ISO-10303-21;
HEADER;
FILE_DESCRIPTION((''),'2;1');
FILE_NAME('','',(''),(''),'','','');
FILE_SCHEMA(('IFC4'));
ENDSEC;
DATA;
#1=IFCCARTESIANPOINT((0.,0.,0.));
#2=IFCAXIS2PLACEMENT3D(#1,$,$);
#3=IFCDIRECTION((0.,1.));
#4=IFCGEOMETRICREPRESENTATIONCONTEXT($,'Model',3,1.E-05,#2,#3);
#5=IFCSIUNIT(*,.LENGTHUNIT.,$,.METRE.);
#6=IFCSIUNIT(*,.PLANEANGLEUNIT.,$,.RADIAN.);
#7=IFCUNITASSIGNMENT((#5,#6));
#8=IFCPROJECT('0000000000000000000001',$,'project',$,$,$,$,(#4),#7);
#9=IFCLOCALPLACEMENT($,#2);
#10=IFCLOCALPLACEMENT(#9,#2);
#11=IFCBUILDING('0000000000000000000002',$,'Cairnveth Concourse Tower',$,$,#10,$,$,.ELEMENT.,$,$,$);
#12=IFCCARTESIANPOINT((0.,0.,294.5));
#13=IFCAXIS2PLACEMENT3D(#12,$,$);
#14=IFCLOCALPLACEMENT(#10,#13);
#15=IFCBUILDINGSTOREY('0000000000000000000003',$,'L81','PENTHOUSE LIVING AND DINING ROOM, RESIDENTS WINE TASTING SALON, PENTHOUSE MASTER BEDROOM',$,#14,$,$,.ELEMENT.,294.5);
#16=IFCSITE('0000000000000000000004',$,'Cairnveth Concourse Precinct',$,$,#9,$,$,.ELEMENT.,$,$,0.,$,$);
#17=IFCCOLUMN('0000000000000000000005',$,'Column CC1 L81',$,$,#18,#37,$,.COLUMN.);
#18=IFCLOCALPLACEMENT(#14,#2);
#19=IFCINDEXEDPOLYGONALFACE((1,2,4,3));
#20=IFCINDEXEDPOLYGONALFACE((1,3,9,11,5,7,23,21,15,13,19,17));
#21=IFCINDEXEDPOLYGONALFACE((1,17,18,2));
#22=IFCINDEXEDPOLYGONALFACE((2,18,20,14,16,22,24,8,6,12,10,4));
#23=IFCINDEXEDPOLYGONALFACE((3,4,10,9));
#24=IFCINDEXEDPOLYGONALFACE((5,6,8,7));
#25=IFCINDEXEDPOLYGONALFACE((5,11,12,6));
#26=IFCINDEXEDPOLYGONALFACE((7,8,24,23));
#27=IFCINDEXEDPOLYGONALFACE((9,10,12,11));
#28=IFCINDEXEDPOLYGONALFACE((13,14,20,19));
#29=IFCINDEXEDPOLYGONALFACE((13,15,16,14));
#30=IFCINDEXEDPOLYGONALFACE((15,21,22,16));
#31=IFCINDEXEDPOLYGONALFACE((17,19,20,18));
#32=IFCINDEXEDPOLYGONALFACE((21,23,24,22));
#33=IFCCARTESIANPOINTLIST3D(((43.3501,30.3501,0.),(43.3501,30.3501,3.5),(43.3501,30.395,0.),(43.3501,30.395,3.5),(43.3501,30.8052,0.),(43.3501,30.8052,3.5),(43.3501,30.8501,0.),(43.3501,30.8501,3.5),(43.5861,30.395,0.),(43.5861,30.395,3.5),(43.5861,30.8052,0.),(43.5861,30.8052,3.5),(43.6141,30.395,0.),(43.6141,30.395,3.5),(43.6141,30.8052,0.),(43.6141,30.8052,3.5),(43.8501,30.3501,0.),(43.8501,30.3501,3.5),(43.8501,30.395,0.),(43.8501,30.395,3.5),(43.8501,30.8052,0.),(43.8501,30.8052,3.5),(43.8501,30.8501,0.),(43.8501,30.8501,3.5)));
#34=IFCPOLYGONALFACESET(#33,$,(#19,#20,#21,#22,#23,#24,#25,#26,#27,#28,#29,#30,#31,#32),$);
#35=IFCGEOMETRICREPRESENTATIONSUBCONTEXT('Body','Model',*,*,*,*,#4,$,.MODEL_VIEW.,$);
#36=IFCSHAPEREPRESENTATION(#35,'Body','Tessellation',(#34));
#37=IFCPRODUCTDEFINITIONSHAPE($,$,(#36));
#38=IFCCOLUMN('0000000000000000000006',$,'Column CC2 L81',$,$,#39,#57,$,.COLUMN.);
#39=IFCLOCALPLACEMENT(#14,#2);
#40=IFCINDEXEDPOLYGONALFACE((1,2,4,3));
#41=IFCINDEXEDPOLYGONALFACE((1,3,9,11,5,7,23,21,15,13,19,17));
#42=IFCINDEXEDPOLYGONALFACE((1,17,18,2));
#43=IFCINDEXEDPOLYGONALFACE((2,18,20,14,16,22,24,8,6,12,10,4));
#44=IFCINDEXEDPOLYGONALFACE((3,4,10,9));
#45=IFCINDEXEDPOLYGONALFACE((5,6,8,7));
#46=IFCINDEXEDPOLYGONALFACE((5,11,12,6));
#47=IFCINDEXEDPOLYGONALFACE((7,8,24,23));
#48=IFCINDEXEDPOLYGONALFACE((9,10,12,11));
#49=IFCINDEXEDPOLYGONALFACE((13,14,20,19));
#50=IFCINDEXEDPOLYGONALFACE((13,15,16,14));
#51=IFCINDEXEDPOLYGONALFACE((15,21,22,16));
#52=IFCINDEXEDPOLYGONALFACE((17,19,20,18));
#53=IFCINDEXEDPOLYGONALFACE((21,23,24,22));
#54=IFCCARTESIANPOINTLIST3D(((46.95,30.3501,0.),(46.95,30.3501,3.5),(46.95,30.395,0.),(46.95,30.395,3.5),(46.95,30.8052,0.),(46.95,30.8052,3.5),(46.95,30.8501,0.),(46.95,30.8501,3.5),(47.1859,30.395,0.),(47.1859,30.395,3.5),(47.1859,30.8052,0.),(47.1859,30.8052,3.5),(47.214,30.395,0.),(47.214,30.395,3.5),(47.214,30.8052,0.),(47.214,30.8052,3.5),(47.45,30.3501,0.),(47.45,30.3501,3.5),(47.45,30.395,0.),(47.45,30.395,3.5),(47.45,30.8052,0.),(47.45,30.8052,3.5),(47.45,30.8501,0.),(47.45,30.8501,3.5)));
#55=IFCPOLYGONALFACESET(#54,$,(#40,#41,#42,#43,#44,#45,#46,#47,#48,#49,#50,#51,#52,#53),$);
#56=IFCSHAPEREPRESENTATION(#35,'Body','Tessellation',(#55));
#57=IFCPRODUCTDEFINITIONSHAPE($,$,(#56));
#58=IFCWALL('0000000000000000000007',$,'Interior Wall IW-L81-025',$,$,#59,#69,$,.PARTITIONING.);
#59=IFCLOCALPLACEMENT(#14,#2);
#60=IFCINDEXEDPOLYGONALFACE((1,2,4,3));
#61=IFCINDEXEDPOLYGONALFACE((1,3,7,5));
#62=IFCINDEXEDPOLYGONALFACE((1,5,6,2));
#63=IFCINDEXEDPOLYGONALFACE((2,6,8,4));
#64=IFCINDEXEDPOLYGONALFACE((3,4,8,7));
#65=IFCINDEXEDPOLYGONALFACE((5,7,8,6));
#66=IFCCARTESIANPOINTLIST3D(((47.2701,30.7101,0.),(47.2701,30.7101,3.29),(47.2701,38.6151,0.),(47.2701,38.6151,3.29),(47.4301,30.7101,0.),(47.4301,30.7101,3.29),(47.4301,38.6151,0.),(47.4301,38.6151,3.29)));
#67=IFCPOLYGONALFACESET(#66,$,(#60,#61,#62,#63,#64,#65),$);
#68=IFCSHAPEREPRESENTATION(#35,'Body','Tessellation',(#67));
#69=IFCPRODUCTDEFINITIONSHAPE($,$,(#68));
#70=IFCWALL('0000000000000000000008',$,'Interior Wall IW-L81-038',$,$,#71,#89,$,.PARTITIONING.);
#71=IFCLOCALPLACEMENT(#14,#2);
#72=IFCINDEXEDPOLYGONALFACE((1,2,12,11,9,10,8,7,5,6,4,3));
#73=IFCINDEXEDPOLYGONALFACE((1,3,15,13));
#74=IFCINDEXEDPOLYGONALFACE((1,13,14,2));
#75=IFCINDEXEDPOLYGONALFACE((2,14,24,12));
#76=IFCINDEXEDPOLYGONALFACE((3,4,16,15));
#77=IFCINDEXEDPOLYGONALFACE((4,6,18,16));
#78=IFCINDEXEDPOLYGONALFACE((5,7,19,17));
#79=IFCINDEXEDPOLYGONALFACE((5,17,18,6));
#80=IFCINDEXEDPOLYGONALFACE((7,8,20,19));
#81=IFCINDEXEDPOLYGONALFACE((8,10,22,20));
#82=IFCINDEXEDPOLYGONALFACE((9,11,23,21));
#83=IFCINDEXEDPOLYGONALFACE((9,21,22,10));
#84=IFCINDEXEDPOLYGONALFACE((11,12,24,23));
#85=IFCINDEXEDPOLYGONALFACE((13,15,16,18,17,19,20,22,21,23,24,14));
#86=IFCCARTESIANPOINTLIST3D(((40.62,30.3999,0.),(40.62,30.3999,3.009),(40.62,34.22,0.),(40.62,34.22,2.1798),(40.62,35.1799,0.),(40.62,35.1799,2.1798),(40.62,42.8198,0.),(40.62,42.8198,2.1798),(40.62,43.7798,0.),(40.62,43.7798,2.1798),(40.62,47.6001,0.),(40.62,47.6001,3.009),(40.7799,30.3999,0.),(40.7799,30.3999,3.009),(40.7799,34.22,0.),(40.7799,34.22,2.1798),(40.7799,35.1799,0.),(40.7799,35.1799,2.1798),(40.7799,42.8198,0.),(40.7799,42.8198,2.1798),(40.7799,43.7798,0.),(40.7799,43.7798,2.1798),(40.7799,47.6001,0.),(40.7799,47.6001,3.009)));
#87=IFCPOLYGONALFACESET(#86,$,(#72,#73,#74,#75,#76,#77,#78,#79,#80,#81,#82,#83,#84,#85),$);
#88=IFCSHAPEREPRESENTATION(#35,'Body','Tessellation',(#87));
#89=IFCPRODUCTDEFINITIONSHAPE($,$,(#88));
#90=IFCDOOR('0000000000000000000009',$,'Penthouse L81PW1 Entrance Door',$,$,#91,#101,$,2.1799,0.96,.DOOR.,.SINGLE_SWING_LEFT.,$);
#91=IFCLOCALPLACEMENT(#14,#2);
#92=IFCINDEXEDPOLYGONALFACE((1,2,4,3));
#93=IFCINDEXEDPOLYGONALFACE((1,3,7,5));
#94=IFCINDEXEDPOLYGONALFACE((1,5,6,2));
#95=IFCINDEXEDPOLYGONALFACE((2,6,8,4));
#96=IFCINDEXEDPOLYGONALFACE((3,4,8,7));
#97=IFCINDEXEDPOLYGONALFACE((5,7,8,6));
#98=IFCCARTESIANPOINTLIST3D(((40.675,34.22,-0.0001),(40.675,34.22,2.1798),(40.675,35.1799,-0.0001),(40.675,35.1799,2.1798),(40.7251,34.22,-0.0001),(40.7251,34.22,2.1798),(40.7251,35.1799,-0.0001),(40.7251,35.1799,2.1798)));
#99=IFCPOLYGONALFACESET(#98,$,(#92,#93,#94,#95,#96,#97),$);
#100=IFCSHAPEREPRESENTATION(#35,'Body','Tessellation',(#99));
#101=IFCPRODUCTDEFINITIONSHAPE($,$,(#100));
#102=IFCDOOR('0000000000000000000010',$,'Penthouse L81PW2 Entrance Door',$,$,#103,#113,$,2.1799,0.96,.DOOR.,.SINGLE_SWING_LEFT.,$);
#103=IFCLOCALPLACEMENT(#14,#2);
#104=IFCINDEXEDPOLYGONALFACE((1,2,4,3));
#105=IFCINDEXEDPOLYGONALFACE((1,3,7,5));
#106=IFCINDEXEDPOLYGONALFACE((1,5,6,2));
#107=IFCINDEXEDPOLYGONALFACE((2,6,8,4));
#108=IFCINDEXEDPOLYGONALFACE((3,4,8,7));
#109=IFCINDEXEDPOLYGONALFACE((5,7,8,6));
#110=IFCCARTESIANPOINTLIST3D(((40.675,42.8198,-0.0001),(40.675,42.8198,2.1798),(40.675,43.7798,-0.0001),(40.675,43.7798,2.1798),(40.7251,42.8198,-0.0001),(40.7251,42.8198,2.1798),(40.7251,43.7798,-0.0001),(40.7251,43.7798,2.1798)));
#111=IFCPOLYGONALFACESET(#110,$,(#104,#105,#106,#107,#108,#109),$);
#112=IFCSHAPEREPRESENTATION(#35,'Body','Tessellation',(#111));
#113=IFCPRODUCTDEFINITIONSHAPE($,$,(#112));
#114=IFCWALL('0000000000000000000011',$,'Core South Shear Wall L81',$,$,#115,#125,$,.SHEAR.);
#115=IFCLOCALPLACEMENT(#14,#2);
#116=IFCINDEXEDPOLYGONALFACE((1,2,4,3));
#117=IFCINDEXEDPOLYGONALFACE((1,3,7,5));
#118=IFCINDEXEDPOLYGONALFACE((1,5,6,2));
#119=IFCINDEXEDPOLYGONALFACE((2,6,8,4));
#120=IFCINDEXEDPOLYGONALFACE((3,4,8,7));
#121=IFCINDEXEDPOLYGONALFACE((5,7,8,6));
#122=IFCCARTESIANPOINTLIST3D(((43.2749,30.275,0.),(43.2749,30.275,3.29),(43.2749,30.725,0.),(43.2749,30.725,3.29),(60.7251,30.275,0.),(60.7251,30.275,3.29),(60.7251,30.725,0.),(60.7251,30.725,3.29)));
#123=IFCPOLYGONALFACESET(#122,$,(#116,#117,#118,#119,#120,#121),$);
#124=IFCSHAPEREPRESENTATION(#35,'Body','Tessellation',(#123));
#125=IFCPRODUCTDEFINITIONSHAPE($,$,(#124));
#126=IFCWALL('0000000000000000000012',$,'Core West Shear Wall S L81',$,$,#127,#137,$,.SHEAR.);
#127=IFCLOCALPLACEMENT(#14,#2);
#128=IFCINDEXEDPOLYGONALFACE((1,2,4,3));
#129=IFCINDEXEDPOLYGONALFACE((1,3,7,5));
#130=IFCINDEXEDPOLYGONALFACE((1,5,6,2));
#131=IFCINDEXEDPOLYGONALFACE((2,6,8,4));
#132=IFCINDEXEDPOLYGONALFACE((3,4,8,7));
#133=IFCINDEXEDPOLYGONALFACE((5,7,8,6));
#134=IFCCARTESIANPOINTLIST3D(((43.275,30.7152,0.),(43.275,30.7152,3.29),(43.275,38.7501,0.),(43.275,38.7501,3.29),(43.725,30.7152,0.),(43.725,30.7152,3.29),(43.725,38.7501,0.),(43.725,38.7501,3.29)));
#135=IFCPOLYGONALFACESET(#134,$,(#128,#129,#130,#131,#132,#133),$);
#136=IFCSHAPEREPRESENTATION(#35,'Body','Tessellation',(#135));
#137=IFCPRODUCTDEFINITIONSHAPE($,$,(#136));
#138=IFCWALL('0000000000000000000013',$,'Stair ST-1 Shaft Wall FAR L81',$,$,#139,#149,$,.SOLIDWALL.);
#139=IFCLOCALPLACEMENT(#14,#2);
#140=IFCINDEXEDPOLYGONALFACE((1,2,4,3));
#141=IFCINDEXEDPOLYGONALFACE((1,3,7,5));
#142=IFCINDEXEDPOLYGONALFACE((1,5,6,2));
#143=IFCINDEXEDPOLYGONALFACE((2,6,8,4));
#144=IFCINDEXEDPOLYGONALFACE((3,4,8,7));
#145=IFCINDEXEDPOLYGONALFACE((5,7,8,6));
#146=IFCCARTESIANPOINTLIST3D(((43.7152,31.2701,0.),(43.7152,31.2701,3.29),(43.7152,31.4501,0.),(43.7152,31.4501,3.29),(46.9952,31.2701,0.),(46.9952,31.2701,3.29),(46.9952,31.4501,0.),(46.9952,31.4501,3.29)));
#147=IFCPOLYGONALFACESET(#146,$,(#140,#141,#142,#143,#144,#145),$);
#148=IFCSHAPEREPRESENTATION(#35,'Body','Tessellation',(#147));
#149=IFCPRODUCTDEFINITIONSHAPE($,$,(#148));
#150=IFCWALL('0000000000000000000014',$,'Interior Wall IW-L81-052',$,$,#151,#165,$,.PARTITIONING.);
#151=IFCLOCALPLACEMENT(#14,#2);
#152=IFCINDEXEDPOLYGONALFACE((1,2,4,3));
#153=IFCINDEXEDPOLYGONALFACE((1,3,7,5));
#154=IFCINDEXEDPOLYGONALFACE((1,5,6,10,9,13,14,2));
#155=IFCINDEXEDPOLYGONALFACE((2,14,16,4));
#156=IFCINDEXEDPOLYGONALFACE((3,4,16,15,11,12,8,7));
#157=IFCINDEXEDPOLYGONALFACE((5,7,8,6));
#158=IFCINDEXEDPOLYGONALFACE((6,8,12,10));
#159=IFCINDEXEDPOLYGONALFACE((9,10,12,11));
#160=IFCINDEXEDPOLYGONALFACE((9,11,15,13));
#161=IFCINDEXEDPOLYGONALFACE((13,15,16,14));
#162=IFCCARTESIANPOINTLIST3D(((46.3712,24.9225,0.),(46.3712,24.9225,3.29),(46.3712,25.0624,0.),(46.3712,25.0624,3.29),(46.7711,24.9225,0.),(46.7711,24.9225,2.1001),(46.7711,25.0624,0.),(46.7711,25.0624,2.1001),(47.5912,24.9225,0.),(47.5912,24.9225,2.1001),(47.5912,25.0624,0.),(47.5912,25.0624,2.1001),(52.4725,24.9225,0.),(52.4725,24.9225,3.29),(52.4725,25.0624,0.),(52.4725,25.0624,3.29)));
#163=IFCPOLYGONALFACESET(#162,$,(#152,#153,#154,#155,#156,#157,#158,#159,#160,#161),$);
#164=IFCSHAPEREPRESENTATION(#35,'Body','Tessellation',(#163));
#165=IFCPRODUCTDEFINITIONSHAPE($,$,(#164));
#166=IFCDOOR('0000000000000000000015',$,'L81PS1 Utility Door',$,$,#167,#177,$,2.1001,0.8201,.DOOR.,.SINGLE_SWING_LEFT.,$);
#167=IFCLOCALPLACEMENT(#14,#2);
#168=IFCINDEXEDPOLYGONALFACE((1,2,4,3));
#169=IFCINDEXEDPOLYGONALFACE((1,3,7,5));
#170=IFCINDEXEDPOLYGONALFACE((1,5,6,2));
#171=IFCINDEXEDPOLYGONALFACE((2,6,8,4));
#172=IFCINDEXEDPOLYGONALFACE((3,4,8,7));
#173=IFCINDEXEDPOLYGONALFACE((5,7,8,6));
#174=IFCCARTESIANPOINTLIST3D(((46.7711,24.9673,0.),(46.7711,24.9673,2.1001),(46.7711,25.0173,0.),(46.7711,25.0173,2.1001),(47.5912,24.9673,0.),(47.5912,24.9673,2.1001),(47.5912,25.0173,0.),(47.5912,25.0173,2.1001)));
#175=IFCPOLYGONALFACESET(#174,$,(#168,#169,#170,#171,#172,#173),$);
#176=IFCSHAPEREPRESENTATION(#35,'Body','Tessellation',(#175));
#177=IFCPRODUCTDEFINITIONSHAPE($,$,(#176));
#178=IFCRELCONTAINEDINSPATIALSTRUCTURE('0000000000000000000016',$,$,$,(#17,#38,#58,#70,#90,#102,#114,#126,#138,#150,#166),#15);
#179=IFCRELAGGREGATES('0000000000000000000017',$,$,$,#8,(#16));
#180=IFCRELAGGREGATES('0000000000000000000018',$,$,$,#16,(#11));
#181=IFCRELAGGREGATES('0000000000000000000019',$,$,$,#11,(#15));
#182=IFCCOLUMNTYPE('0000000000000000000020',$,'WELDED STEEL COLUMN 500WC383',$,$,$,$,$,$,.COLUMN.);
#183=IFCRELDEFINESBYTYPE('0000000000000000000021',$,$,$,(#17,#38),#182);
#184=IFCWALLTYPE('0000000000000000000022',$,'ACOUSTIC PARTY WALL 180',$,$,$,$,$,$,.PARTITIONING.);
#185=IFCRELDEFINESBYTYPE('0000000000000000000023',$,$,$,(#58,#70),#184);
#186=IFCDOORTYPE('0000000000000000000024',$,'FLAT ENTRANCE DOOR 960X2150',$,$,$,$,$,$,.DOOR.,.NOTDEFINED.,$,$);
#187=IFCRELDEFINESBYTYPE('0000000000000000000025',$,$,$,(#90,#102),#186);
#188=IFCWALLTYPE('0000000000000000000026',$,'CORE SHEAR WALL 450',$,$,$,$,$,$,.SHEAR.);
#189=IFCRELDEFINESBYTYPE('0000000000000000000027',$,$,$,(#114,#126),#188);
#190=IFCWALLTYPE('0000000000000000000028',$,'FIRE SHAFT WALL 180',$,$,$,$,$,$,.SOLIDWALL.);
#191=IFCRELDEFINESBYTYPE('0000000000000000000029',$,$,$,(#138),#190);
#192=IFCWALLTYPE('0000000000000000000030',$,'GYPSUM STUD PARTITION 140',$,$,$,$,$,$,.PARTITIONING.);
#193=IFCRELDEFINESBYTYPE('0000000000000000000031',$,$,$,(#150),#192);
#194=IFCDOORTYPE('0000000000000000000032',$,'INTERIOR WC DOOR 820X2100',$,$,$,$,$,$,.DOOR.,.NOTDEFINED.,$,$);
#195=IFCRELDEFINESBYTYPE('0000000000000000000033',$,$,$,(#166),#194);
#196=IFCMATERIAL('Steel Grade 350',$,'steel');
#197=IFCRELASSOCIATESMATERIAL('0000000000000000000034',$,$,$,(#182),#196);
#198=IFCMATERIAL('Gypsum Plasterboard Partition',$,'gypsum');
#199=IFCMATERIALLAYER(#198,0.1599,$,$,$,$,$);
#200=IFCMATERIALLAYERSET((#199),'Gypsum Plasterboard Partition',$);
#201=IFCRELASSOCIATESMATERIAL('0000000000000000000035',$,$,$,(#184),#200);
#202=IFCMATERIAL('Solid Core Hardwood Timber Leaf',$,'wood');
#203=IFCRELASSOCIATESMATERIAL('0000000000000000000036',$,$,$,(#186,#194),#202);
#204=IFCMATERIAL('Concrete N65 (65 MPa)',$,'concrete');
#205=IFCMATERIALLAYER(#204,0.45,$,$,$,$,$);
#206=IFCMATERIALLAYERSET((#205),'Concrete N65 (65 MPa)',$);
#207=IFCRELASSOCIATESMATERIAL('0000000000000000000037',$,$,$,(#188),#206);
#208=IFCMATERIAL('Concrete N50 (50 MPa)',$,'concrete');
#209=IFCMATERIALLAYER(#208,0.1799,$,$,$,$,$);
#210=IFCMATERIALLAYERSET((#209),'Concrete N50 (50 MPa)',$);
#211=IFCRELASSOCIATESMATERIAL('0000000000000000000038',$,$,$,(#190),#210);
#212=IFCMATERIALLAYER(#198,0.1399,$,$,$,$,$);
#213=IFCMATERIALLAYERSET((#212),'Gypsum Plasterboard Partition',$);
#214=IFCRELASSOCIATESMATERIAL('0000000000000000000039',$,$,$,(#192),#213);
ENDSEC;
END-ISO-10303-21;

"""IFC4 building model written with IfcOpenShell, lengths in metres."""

from ifc_helpers import new_model, si_unit, direction, frame, frame_2d, origin, origin_2d, place, context, subcontext, project, spatial, rectangle, i_section, extrude, material, layer, layer_set, material_profile, profile_set, type_object, element, fill, save


model = new_model("IFC4")

# Units and contexts
model_context = context("Model", 3, precision=1e-05, world=origin(), true_north=direction((0.0, 1.0)))
body_context = subcontext(model_context, "Body", "Model", "MODEL_VIEW")
ifc_project = project(units=[si_unit("LENGTHUNIT", "METRE"), si_unit("PLANEANGLEUNIT", "RADIAN")], contexts=[model_context])

# Site, building, storey
site_placement = place(None, origin())
site = spatial("IfcSite", under=ifc_project, at=site_placement, Name="Cairnveth Concourse Precinct", CompositionType="ELEMENT", RefElevation=0.0)
building_placement = place(site_placement, origin())
building = spatial("IfcBuilding", under=site, at=building_placement, Name="Cairnveth Concourse Tower", CompositionType="ELEMENT")
storey_placement = place(building_placement, frame((0.0, 0.0, 294.5)))
storey = spatial("IfcBuildingStorey", under=building, at=storey_placement, Name="L81", Description="PENTHOUSE LIVING AND DINING ROOM, RESIDENTS WINE TASTING SALON, PENTHOUSE MASTER BEDROOM", CompositionType="ELEMENT", Elevation=294.5)

# Columns
ifc_material_1 = material(Name="Steel Grade 350", Category="steel")
ifc_material_profile = material_profile(ifc_material_1, i_section(OverallWidth=0.5, OverallDepth=0.5, WebThickness=0.0281, FlangeThickness=0.0449, at=origin_2d()), Name="500WC383")
ifc_profile_set = profile_set([ifc_material_profile], Name="Steel Grade 350")
column_type = type_object("IfcColumnType", Name="WELDED STEEL COLUMN 500WC383", PredefinedType="COLUMN", material=ifc_profile_set)
for number, where, z_axis, x_axis, name in (
    (1, (43.6001, 30.6001, 0.0), (0.0, 0.0, 1.0), (1.0, 0.0, 0.0), "Column CC1 L81"),
    (2, (47.2, 30.6001, 0.0), (0.0, 0.0, 1.0), (1.0, 0.0, 0.0), "Column CC2 L81"),
):
    element("IfcColumn", number, at=place(storey_placement, frame(where, z_axis=z_axis, x_axis=x_axis)), inside=storey, type_object=column_type, Name=name, PredefinedType="COLUMN", context=body_context, shape_type="SweptSolid", body=[
        extrude(i_section(OverallWidth=0.5, OverallDepth=0.5, WebThickness=0.0281, FlangeThickness=0.0449, at=origin_2d()), origin(), (0.0, 0.0, 1.0), 3.5),
    ])

# Wall
ifc_material_2 = material(Name="Gypsum Plasterboard Partition", Category="gypsum")
ifc_layer_1 = layer(ifc_material_2, 0.1599)
ifc_layer_set_1 = layer_set([ifc_layer_1], Name="Gypsum Plasterboard Partition")
wall_type_1 = type_object("IfcWallType", Name="ACOUSTIC PARTY WALL 180", PredefinedType="PARTITIONING", material=ifc_layer_set_1)
wall_1_placement = place(storey_placement, frame((47.3501, 30.71, 0.0), z_axis=(0.0, 0.0, 1.0), x_axis=(0.0, 1.0, 0.0)))
element("IfcWall", 3, at=wall_1_placement, inside=storey, type_object=wall_type_1, Name="Interior Wall IW-L81-025", PredefinedType="PARTITIONING", context=body_context, shape_type="SweptSolid", body=[
    extrude(rectangle(XDim=7.905, YDim=0.1599, at=frame_2d((3.9526, 0.0))), origin(), (0.0, 0.0, 1.0), 3.29),
])

# Wall, openings, doors
wall_2_placement = place(storey_placement, frame((40.7, 30.3999, 0.0), z_axis=(0.0, 0.0, 1.0), x_axis=(0.0, 1.0, 0.0)))
wall_2 = element("IfcWall", 4, at=wall_2_placement, inside=storey, type_object=wall_type_1, Name="Interior Wall IW-L81-038", PredefinedType="PARTITIONING", context=body_context, shape_type="SweptSolid", body=[
    extrude(rectangle(XDim=17.2002, YDim=0.1599, at=frame_2d((8.6001, 0.0))), origin(), (0.0, 0.0, 1.0), 3.009),
])
opening_1_placement = place(wall_2_placement, frame((3.8201, 0.0, 0.0)))
opening_1 = element("IfcOpeningElement", 5, at=opening_1_placement, cuts=wall_2, PredefinedType="OPENING", context=body_context, shape_type="SweptSolid", body=[
    extrude(rectangle(XDim=0.96, YDim=2.1799, at=frame_2d((0.48, 1.0898))), frame((0.0, 0.0898, 0.0), z_axis=(0.0, -1.0, 0.0), x_axis=(1.0, 0.0, 0.0)), (0.0, 0.0, 1.0), 0.1799),
])
opening_2_placement = place(wall_2_placement, frame((12.4199, 0.0, 0.0)))
opening_2 = element("IfcOpeningElement", 6, at=opening_2_placement, cuts=wall_2, PredefinedType="OPENING", context=body_context, shape_type="SweptSolid", body=[
    extrude(rectangle(XDim=0.96, YDim=2.1799, at=frame_2d((0.48, 1.0898))), frame((0.0, 0.0898, 0.0), z_axis=(0.0, -1.0, 0.0), x_axis=(1.0, 0.0, 0.0)), (0.0, 0.0, 1.0), 0.1799),
])
ifc_material_3 = material(Name="Solid Core Hardwood Timber Leaf", Category="wood")
door_type_1 = type_object("IfcDoorType", Name="FLAT ENTRANCE DOOR 960X2150", OperationType="NOTDEFINED", PredefinedType="DOOR", material=ifc_material_3)
door_1_placement = place(opening_1_placement, origin())
door_1 = element("IfcDoor", 7, at=door_1_placement, inside=storey, type_object=door_type_1, Name="Penthouse L81PW1 Entrance Door", OperationType="SINGLE_SWING_LEFT", OverallHeight=2.1799, OverallWidth=0.96, PredefinedType="DOOR", context=body_context, shape_type="SweptSolid", body=[
    extrude(rectangle(XDim=0.96, YDim=2.1799, at=frame_2d((0.48, 1.0898))), frame((0.0, 0.0249, 0.0), z_axis=(0.0, -1.0, 0.0), x_axis=(1.0, 0.0, 0.0)), (0.0, 0.0, 1.0), 0.05),
])
fill(opening_1, door_1)
door_2_placement = place(opening_2_placement, origin())
door_2 = element("IfcDoor", 8, at=door_2_placement, inside=storey, type_object=door_type_1, Name="Penthouse L81PW2 Entrance Door", OperationType="SINGLE_SWING_LEFT", OverallHeight=2.1799, OverallWidth=0.96, PredefinedType="DOOR", context=body_context, shape_type="SweptSolid", body=[
    extrude(rectangle(XDim=0.96, YDim=2.1799, at=frame_2d((0.48, 1.0898))), frame((0.0, 0.0249, 0.0), z_axis=(0.0, -1.0, 0.0), x_axis=(1.0, 0.0, 0.0)), (0.0, 0.0, 1.0), 0.05),
])
fill(opening_2, door_2)

# Walls
ifc_material_4 = material(Name="Concrete N65 (65 MPa)", Category="concrete")
ifc_layer_2 = layer(ifc_material_4, 0.45)
ifc_layer_set_2 = layer_set([ifc_layer_2], Name="Concrete N65 (65 MPa)")
wall_type_2 = type_object("IfcWallType", Name="CORE SHEAR WALL 450", PredefinedType="SHEAR", material=ifc_layer_set_2)
wall_3_placement = place(storey_placement, frame((43.2749, 30.5, 0.0), z_axis=(0.0, 0.0, 1.0), x_axis=(1.0, 0.0, 0.0)))
element("IfcWall", 9, at=wall_3_placement, inside=storey, type_object=wall_type_2, Name="Core South Shear Wall L81", PredefinedType="SHEAR", context=body_context, shape_type="SweptSolid", body=[
    extrude(rectangle(XDim=17.4502, YDim=0.45, at=frame_2d((8.7251, 0.0))), origin(), (0.0, 0.0, 1.0), 3.29),
])
wall_4_placement = place(storey_placement, frame((43.5, 30.7151, 0.0), z_axis=(0.0, 0.0, 1.0), x_axis=(0.0, 1.0, 0.0)))
element("IfcWall", 10, at=wall_4_placement, inside=storey, type_object=wall_type_2, Name="Core West Shear Wall S L81", PredefinedType="SHEAR", context=body_context, shape_type="SweptSolid", body=[
    extrude(rectangle(XDim=8.0349, YDim=0.45, at=frame_2d((4.0176, 0.0))), origin(), (0.0, 0.0, 1.0), 3.29),
])
ifc_material_5 = material(Name="Concrete N50 (50 MPa)", Category="concrete")
ifc_layer_3 = layer(ifc_material_5, 0.1799)
ifc_layer_set_3 = layer_set([ifc_layer_3], Name="Concrete N50 (50 MPa)")
wall_type_3 = type_object("IfcWallType", Name="FIRE SHAFT WALL 180", PredefinedType="SOLIDWALL", material=ifc_layer_set_3)
wall_5_placement = place(storey_placement, frame((43.7151, 31.3601, 0.0), z_axis=(0.0, 0.0, 1.0), x_axis=(1.0, 0.0, 0.0)))
element("IfcWall", 11, at=wall_5_placement, inside=storey, type_object=wall_type_3, Name="Stair ST-1 Shaft Wall FAR L81", PredefinedType="SOLIDWALL", context=body_context, shape_type="SweptSolid", body=[
    extrude(rectangle(XDim=3.28, YDim=0.1799, at=frame_2d((1.6401, 0.0))), origin(), (0.0, 0.0, 1.0), 3.29),
])

# Wall, opening, door
ifc_layer_4 = layer(ifc_material_2, 0.1399)
ifc_layer_set_4 = layer_set([ifc_layer_4], Name="Gypsum Plasterboard Partition")
wall_type_4 = type_object("IfcWallType", Name="GYPSUM STUD PARTITION 140", PredefinedType="PARTITIONING", material=ifc_layer_set_4)
wall_6_placement = place(storey_placement, frame((46.3711, 24.9924, 0.0), z_axis=(0.0, 0.0, 1.0), x_axis=(1.0, 0.0, 0.0)))
wall_6 = element("IfcWall", 12, at=wall_6_placement, inside=storey, type_object=wall_type_4, Name="Interior Wall IW-L81-052", PredefinedType="PARTITIONING", context=body_context, shape_type="SweptSolid", body=[
    extrude(rectangle(XDim=6.1013, YDim=0.1399, at=frame_2d((3.0508, 0.0))), origin(), (0.0, 0.0, 1.0), 3.29),
])
opening_3_placement = place(wall_6_placement, frame((0.3999, 0.0, 0.0)))
opening_3 = element("IfcOpeningElement", 13, at=opening_3_placement, cuts=wall_6, PredefinedType="OPENING", context=body_context, shape_type="SweptSolid", body=[
    extrude(rectangle(XDim=0.8201, YDim=2.1001, at=frame_2d((0.4102, 1.05))), frame((0.0, 0.0798, 0.0), z_axis=(0.0, -1.0, 0.0), x_axis=(1.0, 0.0, 0.0)), (0.0, 0.0, 1.0), 0.1599),
])
door_type_2 = type_object("IfcDoorType", Name="INTERIOR WC DOOR 820X2100", OperationType="NOTDEFINED", PredefinedType="DOOR", material=ifc_material_3)
door_3_placement = place(opening_3_placement, origin())
door_3 = element("IfcDoor", 14, at=door_3_placement, inside=storey, type_object=door_type_2, Name="L81PS1 Utility Door", OperationType="SINGLE_SWING_LEFT", OverallHeight=2.1001, OverallWidth=0.8201, PredefinedType="DOOR", context=body_context, shape_type="SweptSolid", body=[
    extrude(rectangle(XDim=0.8201, YDim=2.1001, at=frame_2d((0.4102, 1.05))), frame((0.0, 0.0249, 0.0), z_axis=(0.0, -1.0, 0.0), x_axis=(1.0, 0.0, 0.0)), (0.0, 0.0, 1.0), 0.05),
])
fill(opening_3, door_3)

save(model, "model.ifc")
